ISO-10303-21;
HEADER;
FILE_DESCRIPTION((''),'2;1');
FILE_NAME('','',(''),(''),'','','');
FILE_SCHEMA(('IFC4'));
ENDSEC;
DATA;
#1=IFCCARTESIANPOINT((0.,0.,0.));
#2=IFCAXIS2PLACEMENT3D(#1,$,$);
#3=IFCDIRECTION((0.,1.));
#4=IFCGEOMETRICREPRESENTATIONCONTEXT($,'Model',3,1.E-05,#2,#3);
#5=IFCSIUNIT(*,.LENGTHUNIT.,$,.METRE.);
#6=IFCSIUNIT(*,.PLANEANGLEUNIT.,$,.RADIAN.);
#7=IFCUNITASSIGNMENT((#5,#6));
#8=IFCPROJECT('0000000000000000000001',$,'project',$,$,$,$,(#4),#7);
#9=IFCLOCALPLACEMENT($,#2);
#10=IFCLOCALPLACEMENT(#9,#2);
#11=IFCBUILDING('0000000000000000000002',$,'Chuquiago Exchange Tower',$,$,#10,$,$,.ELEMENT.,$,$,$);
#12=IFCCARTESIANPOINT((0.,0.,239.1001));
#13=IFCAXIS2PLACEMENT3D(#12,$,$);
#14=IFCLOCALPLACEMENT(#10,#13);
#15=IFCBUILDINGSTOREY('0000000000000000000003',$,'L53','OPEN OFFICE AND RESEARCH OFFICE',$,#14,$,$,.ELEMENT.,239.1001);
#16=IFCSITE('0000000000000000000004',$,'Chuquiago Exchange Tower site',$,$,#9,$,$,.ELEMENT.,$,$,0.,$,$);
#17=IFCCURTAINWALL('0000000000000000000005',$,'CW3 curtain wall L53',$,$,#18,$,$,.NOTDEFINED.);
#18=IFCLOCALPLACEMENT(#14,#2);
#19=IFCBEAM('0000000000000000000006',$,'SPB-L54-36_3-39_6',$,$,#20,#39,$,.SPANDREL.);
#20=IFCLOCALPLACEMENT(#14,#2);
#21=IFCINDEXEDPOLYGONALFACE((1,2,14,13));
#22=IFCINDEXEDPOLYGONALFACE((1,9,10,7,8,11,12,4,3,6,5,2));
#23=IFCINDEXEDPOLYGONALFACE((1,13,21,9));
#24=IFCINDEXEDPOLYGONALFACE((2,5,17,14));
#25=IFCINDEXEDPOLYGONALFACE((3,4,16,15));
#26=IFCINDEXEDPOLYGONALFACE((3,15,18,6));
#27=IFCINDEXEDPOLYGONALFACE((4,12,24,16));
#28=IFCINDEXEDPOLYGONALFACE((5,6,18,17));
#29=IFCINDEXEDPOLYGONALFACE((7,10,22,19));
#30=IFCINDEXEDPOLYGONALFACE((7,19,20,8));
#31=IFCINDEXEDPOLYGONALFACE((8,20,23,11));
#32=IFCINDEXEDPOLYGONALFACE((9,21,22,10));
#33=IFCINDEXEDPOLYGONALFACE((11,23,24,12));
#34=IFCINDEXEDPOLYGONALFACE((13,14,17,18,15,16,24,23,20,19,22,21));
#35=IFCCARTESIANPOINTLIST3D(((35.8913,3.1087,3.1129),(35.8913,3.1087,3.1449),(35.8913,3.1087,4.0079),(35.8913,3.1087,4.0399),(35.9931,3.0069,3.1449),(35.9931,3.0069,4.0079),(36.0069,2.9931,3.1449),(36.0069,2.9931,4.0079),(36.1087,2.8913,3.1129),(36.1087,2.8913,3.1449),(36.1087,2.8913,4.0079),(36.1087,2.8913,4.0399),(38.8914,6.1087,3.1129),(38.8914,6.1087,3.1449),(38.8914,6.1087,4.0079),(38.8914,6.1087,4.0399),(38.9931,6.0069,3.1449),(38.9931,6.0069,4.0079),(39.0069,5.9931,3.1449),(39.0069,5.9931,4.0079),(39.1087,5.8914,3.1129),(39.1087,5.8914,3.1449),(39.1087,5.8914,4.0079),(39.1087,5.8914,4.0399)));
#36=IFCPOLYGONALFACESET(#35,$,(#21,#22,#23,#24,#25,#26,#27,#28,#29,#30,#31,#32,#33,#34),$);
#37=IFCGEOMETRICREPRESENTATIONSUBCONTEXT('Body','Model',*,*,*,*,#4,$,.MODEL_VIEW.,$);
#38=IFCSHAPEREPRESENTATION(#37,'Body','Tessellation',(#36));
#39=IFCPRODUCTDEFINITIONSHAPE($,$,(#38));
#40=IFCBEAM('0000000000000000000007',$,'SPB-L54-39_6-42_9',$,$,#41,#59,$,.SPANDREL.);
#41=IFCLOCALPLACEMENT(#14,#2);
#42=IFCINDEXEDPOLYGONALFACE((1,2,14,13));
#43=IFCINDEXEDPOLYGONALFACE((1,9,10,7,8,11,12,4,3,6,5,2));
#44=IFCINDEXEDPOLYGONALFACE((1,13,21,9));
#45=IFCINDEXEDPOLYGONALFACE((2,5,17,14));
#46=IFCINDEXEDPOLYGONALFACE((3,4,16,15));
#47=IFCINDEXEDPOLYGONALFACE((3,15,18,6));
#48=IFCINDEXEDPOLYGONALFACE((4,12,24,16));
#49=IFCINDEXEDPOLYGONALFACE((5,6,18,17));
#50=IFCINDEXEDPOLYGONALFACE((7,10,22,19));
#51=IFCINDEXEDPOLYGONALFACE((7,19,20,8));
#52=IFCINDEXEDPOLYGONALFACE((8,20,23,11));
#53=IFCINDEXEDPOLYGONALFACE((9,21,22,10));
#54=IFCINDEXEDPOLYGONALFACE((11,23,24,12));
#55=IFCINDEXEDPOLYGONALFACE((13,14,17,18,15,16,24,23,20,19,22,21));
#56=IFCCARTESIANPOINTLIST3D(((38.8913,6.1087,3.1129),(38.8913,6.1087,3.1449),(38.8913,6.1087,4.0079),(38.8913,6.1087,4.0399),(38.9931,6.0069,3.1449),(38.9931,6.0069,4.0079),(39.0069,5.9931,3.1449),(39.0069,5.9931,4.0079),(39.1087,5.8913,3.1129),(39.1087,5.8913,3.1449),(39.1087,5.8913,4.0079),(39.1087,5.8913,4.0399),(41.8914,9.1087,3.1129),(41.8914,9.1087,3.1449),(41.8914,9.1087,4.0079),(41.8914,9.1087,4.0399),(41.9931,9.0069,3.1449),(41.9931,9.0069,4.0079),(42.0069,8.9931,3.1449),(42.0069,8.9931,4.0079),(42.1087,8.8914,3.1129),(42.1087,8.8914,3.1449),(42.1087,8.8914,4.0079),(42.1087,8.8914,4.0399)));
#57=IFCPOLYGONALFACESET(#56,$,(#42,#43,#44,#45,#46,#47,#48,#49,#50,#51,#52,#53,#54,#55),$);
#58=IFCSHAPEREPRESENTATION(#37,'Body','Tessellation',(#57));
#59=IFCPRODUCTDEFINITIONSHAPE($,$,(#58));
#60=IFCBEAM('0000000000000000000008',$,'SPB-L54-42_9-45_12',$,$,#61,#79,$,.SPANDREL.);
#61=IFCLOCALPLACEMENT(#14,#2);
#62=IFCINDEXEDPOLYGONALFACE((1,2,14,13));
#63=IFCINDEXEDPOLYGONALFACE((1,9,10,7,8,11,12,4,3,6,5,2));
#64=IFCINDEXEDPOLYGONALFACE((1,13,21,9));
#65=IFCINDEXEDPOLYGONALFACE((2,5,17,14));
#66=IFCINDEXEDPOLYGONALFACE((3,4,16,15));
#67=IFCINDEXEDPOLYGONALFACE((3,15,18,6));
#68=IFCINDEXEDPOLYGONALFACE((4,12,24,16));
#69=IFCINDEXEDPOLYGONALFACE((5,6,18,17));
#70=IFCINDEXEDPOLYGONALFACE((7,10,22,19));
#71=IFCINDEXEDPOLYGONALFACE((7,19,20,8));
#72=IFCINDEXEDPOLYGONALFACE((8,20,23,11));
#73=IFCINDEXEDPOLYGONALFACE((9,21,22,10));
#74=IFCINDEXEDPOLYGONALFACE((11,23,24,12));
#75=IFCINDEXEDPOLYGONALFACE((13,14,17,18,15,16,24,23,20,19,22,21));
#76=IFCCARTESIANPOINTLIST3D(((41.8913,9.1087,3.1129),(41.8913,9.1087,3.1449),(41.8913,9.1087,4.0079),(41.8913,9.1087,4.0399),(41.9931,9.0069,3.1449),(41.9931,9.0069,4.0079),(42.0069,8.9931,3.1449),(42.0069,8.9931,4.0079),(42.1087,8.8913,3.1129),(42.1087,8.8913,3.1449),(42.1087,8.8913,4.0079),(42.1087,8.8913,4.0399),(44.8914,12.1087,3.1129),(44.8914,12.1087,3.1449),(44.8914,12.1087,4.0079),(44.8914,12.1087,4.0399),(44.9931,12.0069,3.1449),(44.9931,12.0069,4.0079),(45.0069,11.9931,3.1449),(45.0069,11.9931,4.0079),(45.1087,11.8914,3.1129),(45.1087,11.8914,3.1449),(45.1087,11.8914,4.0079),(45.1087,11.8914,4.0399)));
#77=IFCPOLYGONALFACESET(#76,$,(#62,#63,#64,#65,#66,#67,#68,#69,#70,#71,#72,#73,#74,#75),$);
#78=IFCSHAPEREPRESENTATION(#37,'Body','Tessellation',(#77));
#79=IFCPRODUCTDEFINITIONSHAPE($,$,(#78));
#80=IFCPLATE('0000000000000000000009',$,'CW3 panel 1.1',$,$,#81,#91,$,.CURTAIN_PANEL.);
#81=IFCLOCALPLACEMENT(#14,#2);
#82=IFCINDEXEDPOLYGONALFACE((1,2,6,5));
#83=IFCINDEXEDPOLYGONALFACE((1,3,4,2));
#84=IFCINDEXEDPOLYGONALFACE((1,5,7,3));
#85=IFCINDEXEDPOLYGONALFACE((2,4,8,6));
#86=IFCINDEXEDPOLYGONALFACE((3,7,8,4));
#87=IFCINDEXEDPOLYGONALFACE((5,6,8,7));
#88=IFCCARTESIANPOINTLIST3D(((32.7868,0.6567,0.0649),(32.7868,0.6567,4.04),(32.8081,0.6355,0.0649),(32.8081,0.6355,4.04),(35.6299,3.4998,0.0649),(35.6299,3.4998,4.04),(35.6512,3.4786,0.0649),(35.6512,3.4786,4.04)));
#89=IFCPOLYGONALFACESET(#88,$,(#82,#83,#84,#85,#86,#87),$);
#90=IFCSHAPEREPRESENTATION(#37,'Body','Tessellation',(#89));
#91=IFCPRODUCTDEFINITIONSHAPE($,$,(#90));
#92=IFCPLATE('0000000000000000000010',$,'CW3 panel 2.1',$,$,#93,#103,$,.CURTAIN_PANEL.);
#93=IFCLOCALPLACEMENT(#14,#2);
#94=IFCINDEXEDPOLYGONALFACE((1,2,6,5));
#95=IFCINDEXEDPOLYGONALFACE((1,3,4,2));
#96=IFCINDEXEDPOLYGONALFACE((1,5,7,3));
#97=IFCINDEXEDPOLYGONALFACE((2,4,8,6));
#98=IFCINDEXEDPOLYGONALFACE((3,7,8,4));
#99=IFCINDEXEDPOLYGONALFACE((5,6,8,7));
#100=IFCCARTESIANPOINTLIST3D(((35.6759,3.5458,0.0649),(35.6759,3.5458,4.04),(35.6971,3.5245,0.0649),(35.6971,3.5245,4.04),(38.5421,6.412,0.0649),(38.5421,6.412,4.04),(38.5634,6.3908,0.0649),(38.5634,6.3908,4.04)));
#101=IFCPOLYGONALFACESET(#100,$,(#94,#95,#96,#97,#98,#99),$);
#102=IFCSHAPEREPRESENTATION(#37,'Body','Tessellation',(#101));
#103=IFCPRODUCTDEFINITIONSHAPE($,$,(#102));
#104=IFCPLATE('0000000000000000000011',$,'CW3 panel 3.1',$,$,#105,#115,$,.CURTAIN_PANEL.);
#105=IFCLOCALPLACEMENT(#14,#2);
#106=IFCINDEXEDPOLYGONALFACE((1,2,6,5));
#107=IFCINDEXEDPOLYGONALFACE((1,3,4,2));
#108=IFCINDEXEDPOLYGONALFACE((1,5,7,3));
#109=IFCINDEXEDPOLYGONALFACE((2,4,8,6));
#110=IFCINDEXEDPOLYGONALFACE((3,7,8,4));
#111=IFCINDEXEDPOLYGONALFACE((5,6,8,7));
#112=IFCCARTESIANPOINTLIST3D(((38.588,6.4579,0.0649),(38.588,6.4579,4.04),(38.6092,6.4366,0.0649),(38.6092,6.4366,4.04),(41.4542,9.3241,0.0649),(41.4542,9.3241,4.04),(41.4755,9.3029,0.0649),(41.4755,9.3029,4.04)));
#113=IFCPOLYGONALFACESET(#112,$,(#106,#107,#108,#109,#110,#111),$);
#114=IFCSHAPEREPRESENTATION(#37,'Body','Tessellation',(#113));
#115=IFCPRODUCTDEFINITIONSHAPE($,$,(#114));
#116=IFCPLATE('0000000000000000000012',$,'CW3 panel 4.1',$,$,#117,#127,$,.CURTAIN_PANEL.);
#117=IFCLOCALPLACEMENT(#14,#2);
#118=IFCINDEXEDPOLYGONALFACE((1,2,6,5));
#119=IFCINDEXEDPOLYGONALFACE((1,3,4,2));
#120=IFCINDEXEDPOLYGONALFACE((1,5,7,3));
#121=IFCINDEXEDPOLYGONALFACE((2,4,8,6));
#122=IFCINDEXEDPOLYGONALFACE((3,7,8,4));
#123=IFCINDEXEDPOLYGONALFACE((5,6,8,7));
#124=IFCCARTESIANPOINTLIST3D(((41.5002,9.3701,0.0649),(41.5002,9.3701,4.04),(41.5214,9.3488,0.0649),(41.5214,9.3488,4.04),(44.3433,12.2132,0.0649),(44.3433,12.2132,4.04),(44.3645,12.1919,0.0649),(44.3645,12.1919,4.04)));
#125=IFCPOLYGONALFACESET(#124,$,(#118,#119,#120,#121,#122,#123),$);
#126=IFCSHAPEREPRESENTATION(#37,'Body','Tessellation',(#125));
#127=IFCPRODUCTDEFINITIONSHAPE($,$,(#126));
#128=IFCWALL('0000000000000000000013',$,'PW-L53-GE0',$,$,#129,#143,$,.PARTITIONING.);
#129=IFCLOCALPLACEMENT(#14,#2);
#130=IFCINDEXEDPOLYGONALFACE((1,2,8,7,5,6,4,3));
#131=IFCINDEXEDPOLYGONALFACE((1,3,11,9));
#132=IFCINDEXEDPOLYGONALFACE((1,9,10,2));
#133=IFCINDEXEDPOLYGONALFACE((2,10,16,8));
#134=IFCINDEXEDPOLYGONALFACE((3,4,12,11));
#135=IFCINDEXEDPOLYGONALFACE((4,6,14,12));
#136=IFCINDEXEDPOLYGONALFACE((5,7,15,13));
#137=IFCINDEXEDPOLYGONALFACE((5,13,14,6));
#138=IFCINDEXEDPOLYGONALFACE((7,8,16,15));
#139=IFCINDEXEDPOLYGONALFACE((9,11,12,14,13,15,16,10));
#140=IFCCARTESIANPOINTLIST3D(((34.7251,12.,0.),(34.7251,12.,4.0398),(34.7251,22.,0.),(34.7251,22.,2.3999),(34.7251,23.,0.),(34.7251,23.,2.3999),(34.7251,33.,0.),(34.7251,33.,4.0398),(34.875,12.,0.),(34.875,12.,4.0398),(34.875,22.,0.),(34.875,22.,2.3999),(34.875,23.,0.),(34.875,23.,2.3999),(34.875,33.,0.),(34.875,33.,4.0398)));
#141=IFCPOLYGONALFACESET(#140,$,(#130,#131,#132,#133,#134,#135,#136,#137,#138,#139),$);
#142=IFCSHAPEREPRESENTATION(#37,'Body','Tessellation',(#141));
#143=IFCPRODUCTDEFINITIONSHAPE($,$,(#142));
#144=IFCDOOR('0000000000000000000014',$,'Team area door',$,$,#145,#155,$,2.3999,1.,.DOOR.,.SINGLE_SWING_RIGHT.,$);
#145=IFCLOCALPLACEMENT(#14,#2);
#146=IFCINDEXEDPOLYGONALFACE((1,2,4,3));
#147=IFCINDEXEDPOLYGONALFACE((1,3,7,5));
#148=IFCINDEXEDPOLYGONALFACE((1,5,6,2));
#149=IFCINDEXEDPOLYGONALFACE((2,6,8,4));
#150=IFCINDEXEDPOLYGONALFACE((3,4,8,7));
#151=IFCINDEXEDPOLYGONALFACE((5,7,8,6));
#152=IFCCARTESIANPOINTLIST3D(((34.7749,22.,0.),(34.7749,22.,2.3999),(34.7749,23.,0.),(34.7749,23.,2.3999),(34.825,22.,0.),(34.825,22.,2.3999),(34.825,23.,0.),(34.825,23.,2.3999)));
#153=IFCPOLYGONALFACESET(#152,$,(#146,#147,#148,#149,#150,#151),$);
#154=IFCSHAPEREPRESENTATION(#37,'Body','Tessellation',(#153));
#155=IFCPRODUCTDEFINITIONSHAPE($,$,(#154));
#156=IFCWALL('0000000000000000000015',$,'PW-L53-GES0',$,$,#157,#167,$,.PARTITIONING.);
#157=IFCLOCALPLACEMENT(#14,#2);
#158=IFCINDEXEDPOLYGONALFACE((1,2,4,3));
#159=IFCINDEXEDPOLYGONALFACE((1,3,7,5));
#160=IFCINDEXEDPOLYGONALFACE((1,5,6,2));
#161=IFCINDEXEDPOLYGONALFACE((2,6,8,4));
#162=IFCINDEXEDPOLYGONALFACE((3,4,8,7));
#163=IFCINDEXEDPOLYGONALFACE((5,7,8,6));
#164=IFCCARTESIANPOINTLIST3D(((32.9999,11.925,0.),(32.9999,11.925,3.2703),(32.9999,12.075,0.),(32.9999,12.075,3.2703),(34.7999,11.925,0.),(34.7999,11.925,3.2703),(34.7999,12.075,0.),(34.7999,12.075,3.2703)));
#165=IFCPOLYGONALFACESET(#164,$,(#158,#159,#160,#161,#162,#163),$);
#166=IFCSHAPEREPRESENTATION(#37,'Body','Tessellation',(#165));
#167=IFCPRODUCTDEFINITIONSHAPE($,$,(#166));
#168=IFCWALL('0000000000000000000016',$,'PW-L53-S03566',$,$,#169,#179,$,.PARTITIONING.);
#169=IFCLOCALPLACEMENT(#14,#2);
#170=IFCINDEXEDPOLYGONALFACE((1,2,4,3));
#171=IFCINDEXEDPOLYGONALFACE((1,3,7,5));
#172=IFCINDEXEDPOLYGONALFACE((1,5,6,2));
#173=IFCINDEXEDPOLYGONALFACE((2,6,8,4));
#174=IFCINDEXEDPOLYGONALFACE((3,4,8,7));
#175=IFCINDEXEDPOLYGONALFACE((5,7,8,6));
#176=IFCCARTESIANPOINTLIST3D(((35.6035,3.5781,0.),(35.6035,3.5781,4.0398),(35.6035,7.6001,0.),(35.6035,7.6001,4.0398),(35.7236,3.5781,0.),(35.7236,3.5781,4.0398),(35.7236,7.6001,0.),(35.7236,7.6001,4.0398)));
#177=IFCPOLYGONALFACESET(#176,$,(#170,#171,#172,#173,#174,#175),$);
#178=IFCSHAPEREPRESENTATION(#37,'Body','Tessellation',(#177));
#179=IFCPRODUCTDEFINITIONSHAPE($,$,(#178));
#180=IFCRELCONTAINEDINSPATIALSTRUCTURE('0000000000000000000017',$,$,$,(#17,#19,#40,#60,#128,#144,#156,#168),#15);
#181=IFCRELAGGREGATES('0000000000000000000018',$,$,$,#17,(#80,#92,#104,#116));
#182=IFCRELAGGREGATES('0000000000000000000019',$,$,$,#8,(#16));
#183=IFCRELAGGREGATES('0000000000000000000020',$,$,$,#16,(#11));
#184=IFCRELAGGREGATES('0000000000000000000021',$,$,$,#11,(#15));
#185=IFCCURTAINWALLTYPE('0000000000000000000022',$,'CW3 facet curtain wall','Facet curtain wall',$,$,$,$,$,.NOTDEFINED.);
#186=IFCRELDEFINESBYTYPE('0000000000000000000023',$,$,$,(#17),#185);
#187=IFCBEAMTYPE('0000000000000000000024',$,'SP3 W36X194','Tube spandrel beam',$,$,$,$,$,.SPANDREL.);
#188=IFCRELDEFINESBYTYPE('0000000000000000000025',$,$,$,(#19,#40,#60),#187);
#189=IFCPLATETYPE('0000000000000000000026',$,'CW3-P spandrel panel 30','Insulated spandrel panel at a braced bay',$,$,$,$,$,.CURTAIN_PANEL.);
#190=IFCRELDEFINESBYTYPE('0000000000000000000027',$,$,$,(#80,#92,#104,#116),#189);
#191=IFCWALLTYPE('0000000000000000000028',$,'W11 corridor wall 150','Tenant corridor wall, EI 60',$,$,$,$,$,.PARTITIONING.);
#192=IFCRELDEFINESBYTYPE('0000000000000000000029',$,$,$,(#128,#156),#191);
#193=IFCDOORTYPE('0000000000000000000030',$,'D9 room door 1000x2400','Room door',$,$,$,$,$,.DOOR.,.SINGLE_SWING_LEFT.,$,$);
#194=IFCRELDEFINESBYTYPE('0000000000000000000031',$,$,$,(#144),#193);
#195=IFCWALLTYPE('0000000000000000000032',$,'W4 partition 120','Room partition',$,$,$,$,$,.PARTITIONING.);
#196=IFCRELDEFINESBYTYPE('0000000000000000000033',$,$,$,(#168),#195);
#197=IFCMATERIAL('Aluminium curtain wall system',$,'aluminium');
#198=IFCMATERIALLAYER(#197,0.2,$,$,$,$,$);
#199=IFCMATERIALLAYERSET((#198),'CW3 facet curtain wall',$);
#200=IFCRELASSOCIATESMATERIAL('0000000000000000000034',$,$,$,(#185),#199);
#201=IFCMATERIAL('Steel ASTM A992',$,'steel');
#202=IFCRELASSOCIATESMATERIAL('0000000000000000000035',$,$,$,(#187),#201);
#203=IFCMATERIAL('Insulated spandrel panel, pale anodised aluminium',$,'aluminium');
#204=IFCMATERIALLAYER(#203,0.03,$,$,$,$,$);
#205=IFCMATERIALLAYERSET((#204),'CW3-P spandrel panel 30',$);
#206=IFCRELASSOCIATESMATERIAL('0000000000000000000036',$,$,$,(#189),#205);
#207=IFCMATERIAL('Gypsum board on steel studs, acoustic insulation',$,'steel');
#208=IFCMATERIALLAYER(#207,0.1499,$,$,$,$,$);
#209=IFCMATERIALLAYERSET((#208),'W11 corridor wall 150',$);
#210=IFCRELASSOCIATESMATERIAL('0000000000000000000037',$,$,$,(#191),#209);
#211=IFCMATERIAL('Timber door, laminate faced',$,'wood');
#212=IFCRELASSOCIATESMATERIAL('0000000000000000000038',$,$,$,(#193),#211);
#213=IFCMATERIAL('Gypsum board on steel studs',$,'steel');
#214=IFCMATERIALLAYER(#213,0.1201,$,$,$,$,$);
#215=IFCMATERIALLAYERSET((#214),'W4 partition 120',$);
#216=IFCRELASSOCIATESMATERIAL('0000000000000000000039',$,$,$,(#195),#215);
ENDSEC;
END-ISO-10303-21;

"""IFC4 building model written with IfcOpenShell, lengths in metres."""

from ifc_helpers import new_model, si_unit, direction, frame, frame_2d, origin, origin_2d, place, context, subcontext, project, spatial, rectangle, i_section, extrude, material, layer, layer_set, material_profile, profile_set, type_object, element, fill, aggregate, save


model = new_model("IFC4")

# Units and contexts
model_context = context("Model", 3, precision=1e-05, world=origin(), true_north=direction((0.0, 1.0)))
body_context = subcontext(model_context, "Body", "Model", "MODEL_VIEW")
ifc_project = project(units=[si_unit("LENGTHUNIT", "METRE"), si_unit("PLANEANGLEUNIT", "RADIAN")], contexts=[model_context])

# Site, building, storey
site_placement = place(None, origin())
site = spatial("IfcSite", under=ifc_project, at=site_placement, Name="Chuquiago Exchange Tower site", CompositionType="ELEMENT", RefElevation=0.0)
building_placement = place(site_placement, origin())
building = spatial("IfcBuilding", under=site, at=building_placement, Name="Chuquiago Exchange Tower", CompositionType="ELEMENT")
storey_placement = place(building_placement, frame((0.0, 0.0, 239.1001)))
storey = spatial("IfcBuildingStorey", under=building, at=storey_placement, Name="L53", Description="OPEN OFFICE AND RESEARCH OFFICE", CompositionType="ELEMENT", Elevation=239.1001)

# Curtain wall
ifc_material_1 = material(Name="Aluminium curtain wall system", Category="aluminium")
ifc_layer_1 = layer(ifc_material_1, 0.2)
ifc_layer_set_1 = layer_set([ifc_layer_1], Name="CW3 facet curtain wall")
curtain_wall_type = type_object("IfcCurtainWallType", Name="CW3 facet curtain wall", Description="Facet curtain wall", PredefinedType="NOTDEFINED", material=ifc_layer_set_1)
curtain_wall_placement = place(storey_placement, origin())
curtain_wall = element("IfcCurtainWall", 1, at=curtain_wall_placement, inside=storey, type_object=curtain_wall_type, Name="CW3 curtain wall L53", PredefinedType="NOTDEFINED")

# Beams
ifc_material_2 = material(Name="Steel ASTM A992", Category="steel")
ifc_material_profile_1 = material_profile(ifc_material_2, i_section(OverallWidth=0.3074, OverallDepth=0.927, WebThickness=0.0195, FlangeThickness=0.032, at=origin_2d()), Name="W36X194")
ifc_profile_set_1 = profile_set([ifc_material_profile_1], Name="Steel ASTM A992")
beam_type_1 = type_object("IfcBeamType", Name="SP3 W36X194", Description="Tube spandrel beam", PredefinedType="SPANDREL", material=ifc_profile_set_1)
for number, where, z_axis, x_axis, name in (
    (2, (36.0, 3.0, 3.5764), (0.707107, 0.707107, 0.0), (-0.707107, 0.707107, 0.0), "SPB-L54-36_3-39_6"),
    (3, (39.0, 6.0, 3.5764), (0.707107, 0.707107, 0.0), (-0.707107, 0.707107, 0.0), "SPB-L54-39_6-42_9"),
    (4, (42.0, 9.0, 3.5764), (0.707107, 0.707107, 0.0), (-0.707107, 0.707107, 0.0), "SPB-L54-42_9-45_12"),
):
    element("IfcBeam", number, at=place(storey_placement, frame(where, z_axis=z_axis, x_axis=x_axis)), inside=storey, type_object=beam_type_1, Name=name, PredefinedType="SPANDREL", context=body_context, shape_type="SweptSolid", body=[
        extrude(i_section(OverallWidth=0.3074, OverallDepth=0.927, WebThickness=0.0195, FlangeThickness=0.032, at=origin_2d()), origin(), (0.0, 0.0, 1.0), 4.2427),
    ])

# Plates
ifc_material_3 = material(Name="Insulated spandrel panel, pale anodised aluminium", Category="aluminium")
ifc_layer_2 = layer(ifc_material_3, 0.03)
ifc_layer_set_2 = layer_set([ifc_layer_2], Name="CW3-P spandrel panel 30")
plate_type = type_object("IfcPlateType", Name="CW3-P spandrel panel 30", Description="Insulated spandrel panel at a braced bay", PredefinedType="CURTAIN_PANEL", material=ifc_layer_set_2)
plate_1_placement = place(storey_placement, frame((34.219, 2.0676, 0.0649), z_axis=(0.0, 0.0, 1.0), x_axis=(0.707107, 0.707107, 0.0)))
plate_1 = element("IfcPlate", 5, at=plate_1_placement, type_object=plate_type, Name="CW3 panel 1.1", PredefinedType="CURTAIN_PANEL", context=body_context, shape_type="SweptSolid", body=[
    extrude(rectangle(XDim=4.0208, YDim=0.03, at=origin_2d()), origin(), (0.0, 0.0, 1.0), 3.9751),
])
plate_2_placement = place(storey_placement, frame((37.1196, 4.9683, 0.0649), z_axis=(0.0, 0.0, 1.0), x_axis=(0.707107, 0.707107, 0.0)))
plate_2 = element("IfcPlate", 6, at=plate_2_placement, type_object=plate_type, Name="CW3 panel 2.1", PredefinedType="CURTAIN_PANEL", context=body_context, shape_type="SweptSolid", body=[
    extrude(rectangle(XDim=4.0535, YDim=0.03, at=origin_2d()), origin(), (0.0, 0.0, 1.0), 3.9751),
])
plate_3_placement = place(storey_placement, frame((40.0317, 7.8804, 0.0649), z_axis=(0.0, 0.0, 1.0), x_axis=(0.707107, 0.707107, 0.0)))
plate_3 = element("IfcPlate", 7, at=plate_3_placement, type_object=plate_type, Name="CW3 panel 3.1", PredefinedType="CURTAIN_PANEL", context=body_context, shape_type="SweptSolid", body=[
    extrude(rectangle(XDim=4.0535, YDim=0.03, at=origin_2d()), origin(), (0.0, 0.0, 1.0), 3.9751),
])
plate_4_placement = place(storey_placement, frame((42.9324, 10.781, 0.0649), z_axis=(0.0, 0.0, 1.0), x_axis=(0.707107, 0.707107, 0.0)))
plate_4 = element("IfcPlate", 8, at=plate_4_placement, type_object=plate_type, Name="CW3 panel 4.1", PredefinedType="CURTAIN_PANEL", context=body_context, shape_type="SweptSolid", body=[
    extrude(rectangle(XDim=4.0208, YDim=0.03, at=origin_2d()), origin(), (0.0, 0.0, 1.0), 3.9751),
])
aggregate(curtain_wall, [plate_1, plate_2, plate_3, plate_4])

# Wall, opening, door
ifc_material_4 = material(Name="Gypsum board on steel studs, acoustic insulation", Category="steel")
ifc_layer_3 = layer(ifc_material_4, 0.1499)
ifc_layer_set_3 = layer_set([ifc_layer_3], Name="W11 corridor wall 150")
wall_type_1 = type_object("IfcWallType", Name="W11 corridor wall 150", Description="Tenant corridor wall, EI 60", PredefinedType="PARTITIONING", material=ifc_layer_set_3)
wall_1_placement = place(storey_placement, frame((34.8, 12.0, 0.0), z_axis=(0.0, 0.0, 1.0), x_axis=(0.0, 1.0, 0.0)))
wall_1 = element("IfcWall", 9, at=wall_1_placement, inside=storey, type_object=wall_type_1, Name="PW-L53-GE0", PredefinedType="PARTITIONING", context=body_context, shape_type="SweptSolid", body=[
    extrude(rectangle(XDim=21.0, YDim=0.1499, at=frame_2d((10.5, 0.0))), origin(), (0.0, 0.0, 1.0), 4.0398),
])
opening_1_placement = place(wall_1_placement, frame((10.0, 0.0, 0.0)))
opening_1 = element("IfcOpeningElement", 10, at=opening_1_placement, cuts=wall_1, PredefinedType="OPENING", context=body_context, shape_type="SweptSolid", body=[
    extrude(rectangle(XDim=1.0, YDim=2.3999, at=frame_2d((0.5, 1.2))), frame((0.0, 0.085, 0.0), z_axis=(0.0, -1.0, 0.0), x_axis=(1.0, 0.0, 0.0)), (0.0, 0.0, 1.0), 0.1699),
])
ifc_material_5 = material(Name="Timber door, laminate faced", Category="wood")
door_type = type_object("IfcDoorType", Name="D9 room door 1000x2400", Description="Room door", OperationType="SINGLE_SWING_LEFT", PredefinedType="DOOR", material=ifc_material_5)
door_1_placement = place(opening_1_placement, frame((1.0, 0.0, 0.0), z_axis=(0.0, 0.0, 1.0), x_axis=(-1.0, 0.0, 0.0)))
door_1 = element("IfcDoor", 11, at=door_1_placement, inside=storey, type_object=door_type, Name="Team area door", OperationType="SINGLE_SWING_RIGHT", OverallHeight=2.3999, OverallWidth=1.0, PredefinedType="DOOR", context=body_context, shape_type="SweptSolid", body=[
    extrude(rectangle(XDim=1.0, YDim=2.3999, at=frame_2d((0.5, 1.2))), frame((0.0, 0.0249, 0.0), z_axis=(0.0, -1.0, 0.0), x_axis=(1.0, 0.0, 0.0)), (0.0, 0.0, 1.0), 0.05),
])
fill(opening_1, door_1)

# Walls
wall_2_placement = place(storey_placement, frame((33.0, 12.0, 0.0), z_axis=(0.0, 0.0, 1.0), x_axis=(1.0, 0.0, 0.0)))
element("IfcWall", 12, at=wall_2_placement, inside=storey, type_object=wall_type_1, Name="PW-L53-GES0", PredefinedType="PARTITIONING", context=body_context, shape_type="SweptSolid", body=[
    extrude(rectangle(XDim=1.8, YDim=0.1499, at=frame_2d((0.8999, 0.0))), origin(), (0.0, 0.0, 1.0), 3.2703),
])
ifc_material_6 = material(Name="Gypsum board on steel studs", Category="steel")
ifc_layer_4 = layer(ifc_material_6, 0.1201)
ifc_layer_set_4 = layer_set([ifc_layer_4], Name="W4 partition 120")
wall_type_2 = type_object("IfcWallType", Name="W4 partition 120", Description="Room partition", PredefinedType="PARTITIONING", material=ifc_layer_set_4)
wall_3_placement = place(storey_placement, frame((35.6636, 3.5781, 0.0), z_axis=(0.0, 0.0, 1.0), x_axis=(0.0, 1.0, 0.0)))
element("IfcWall", 13, at=wall_3_placement, inside=storey, type_object=wall_type_2, Name="PW-L53-S03566", PredefinedType="PARTITIONING", context=body_context, shape_type="SweptSolid", body=[
    extrude(rectangle(XDim=4.022, YDim=0.1201, at=frame_2d((2.011, 0.0))), origin(), (0.0, 0.0, 1.0), 4.0398),
])

save(model, "model.ifc")
